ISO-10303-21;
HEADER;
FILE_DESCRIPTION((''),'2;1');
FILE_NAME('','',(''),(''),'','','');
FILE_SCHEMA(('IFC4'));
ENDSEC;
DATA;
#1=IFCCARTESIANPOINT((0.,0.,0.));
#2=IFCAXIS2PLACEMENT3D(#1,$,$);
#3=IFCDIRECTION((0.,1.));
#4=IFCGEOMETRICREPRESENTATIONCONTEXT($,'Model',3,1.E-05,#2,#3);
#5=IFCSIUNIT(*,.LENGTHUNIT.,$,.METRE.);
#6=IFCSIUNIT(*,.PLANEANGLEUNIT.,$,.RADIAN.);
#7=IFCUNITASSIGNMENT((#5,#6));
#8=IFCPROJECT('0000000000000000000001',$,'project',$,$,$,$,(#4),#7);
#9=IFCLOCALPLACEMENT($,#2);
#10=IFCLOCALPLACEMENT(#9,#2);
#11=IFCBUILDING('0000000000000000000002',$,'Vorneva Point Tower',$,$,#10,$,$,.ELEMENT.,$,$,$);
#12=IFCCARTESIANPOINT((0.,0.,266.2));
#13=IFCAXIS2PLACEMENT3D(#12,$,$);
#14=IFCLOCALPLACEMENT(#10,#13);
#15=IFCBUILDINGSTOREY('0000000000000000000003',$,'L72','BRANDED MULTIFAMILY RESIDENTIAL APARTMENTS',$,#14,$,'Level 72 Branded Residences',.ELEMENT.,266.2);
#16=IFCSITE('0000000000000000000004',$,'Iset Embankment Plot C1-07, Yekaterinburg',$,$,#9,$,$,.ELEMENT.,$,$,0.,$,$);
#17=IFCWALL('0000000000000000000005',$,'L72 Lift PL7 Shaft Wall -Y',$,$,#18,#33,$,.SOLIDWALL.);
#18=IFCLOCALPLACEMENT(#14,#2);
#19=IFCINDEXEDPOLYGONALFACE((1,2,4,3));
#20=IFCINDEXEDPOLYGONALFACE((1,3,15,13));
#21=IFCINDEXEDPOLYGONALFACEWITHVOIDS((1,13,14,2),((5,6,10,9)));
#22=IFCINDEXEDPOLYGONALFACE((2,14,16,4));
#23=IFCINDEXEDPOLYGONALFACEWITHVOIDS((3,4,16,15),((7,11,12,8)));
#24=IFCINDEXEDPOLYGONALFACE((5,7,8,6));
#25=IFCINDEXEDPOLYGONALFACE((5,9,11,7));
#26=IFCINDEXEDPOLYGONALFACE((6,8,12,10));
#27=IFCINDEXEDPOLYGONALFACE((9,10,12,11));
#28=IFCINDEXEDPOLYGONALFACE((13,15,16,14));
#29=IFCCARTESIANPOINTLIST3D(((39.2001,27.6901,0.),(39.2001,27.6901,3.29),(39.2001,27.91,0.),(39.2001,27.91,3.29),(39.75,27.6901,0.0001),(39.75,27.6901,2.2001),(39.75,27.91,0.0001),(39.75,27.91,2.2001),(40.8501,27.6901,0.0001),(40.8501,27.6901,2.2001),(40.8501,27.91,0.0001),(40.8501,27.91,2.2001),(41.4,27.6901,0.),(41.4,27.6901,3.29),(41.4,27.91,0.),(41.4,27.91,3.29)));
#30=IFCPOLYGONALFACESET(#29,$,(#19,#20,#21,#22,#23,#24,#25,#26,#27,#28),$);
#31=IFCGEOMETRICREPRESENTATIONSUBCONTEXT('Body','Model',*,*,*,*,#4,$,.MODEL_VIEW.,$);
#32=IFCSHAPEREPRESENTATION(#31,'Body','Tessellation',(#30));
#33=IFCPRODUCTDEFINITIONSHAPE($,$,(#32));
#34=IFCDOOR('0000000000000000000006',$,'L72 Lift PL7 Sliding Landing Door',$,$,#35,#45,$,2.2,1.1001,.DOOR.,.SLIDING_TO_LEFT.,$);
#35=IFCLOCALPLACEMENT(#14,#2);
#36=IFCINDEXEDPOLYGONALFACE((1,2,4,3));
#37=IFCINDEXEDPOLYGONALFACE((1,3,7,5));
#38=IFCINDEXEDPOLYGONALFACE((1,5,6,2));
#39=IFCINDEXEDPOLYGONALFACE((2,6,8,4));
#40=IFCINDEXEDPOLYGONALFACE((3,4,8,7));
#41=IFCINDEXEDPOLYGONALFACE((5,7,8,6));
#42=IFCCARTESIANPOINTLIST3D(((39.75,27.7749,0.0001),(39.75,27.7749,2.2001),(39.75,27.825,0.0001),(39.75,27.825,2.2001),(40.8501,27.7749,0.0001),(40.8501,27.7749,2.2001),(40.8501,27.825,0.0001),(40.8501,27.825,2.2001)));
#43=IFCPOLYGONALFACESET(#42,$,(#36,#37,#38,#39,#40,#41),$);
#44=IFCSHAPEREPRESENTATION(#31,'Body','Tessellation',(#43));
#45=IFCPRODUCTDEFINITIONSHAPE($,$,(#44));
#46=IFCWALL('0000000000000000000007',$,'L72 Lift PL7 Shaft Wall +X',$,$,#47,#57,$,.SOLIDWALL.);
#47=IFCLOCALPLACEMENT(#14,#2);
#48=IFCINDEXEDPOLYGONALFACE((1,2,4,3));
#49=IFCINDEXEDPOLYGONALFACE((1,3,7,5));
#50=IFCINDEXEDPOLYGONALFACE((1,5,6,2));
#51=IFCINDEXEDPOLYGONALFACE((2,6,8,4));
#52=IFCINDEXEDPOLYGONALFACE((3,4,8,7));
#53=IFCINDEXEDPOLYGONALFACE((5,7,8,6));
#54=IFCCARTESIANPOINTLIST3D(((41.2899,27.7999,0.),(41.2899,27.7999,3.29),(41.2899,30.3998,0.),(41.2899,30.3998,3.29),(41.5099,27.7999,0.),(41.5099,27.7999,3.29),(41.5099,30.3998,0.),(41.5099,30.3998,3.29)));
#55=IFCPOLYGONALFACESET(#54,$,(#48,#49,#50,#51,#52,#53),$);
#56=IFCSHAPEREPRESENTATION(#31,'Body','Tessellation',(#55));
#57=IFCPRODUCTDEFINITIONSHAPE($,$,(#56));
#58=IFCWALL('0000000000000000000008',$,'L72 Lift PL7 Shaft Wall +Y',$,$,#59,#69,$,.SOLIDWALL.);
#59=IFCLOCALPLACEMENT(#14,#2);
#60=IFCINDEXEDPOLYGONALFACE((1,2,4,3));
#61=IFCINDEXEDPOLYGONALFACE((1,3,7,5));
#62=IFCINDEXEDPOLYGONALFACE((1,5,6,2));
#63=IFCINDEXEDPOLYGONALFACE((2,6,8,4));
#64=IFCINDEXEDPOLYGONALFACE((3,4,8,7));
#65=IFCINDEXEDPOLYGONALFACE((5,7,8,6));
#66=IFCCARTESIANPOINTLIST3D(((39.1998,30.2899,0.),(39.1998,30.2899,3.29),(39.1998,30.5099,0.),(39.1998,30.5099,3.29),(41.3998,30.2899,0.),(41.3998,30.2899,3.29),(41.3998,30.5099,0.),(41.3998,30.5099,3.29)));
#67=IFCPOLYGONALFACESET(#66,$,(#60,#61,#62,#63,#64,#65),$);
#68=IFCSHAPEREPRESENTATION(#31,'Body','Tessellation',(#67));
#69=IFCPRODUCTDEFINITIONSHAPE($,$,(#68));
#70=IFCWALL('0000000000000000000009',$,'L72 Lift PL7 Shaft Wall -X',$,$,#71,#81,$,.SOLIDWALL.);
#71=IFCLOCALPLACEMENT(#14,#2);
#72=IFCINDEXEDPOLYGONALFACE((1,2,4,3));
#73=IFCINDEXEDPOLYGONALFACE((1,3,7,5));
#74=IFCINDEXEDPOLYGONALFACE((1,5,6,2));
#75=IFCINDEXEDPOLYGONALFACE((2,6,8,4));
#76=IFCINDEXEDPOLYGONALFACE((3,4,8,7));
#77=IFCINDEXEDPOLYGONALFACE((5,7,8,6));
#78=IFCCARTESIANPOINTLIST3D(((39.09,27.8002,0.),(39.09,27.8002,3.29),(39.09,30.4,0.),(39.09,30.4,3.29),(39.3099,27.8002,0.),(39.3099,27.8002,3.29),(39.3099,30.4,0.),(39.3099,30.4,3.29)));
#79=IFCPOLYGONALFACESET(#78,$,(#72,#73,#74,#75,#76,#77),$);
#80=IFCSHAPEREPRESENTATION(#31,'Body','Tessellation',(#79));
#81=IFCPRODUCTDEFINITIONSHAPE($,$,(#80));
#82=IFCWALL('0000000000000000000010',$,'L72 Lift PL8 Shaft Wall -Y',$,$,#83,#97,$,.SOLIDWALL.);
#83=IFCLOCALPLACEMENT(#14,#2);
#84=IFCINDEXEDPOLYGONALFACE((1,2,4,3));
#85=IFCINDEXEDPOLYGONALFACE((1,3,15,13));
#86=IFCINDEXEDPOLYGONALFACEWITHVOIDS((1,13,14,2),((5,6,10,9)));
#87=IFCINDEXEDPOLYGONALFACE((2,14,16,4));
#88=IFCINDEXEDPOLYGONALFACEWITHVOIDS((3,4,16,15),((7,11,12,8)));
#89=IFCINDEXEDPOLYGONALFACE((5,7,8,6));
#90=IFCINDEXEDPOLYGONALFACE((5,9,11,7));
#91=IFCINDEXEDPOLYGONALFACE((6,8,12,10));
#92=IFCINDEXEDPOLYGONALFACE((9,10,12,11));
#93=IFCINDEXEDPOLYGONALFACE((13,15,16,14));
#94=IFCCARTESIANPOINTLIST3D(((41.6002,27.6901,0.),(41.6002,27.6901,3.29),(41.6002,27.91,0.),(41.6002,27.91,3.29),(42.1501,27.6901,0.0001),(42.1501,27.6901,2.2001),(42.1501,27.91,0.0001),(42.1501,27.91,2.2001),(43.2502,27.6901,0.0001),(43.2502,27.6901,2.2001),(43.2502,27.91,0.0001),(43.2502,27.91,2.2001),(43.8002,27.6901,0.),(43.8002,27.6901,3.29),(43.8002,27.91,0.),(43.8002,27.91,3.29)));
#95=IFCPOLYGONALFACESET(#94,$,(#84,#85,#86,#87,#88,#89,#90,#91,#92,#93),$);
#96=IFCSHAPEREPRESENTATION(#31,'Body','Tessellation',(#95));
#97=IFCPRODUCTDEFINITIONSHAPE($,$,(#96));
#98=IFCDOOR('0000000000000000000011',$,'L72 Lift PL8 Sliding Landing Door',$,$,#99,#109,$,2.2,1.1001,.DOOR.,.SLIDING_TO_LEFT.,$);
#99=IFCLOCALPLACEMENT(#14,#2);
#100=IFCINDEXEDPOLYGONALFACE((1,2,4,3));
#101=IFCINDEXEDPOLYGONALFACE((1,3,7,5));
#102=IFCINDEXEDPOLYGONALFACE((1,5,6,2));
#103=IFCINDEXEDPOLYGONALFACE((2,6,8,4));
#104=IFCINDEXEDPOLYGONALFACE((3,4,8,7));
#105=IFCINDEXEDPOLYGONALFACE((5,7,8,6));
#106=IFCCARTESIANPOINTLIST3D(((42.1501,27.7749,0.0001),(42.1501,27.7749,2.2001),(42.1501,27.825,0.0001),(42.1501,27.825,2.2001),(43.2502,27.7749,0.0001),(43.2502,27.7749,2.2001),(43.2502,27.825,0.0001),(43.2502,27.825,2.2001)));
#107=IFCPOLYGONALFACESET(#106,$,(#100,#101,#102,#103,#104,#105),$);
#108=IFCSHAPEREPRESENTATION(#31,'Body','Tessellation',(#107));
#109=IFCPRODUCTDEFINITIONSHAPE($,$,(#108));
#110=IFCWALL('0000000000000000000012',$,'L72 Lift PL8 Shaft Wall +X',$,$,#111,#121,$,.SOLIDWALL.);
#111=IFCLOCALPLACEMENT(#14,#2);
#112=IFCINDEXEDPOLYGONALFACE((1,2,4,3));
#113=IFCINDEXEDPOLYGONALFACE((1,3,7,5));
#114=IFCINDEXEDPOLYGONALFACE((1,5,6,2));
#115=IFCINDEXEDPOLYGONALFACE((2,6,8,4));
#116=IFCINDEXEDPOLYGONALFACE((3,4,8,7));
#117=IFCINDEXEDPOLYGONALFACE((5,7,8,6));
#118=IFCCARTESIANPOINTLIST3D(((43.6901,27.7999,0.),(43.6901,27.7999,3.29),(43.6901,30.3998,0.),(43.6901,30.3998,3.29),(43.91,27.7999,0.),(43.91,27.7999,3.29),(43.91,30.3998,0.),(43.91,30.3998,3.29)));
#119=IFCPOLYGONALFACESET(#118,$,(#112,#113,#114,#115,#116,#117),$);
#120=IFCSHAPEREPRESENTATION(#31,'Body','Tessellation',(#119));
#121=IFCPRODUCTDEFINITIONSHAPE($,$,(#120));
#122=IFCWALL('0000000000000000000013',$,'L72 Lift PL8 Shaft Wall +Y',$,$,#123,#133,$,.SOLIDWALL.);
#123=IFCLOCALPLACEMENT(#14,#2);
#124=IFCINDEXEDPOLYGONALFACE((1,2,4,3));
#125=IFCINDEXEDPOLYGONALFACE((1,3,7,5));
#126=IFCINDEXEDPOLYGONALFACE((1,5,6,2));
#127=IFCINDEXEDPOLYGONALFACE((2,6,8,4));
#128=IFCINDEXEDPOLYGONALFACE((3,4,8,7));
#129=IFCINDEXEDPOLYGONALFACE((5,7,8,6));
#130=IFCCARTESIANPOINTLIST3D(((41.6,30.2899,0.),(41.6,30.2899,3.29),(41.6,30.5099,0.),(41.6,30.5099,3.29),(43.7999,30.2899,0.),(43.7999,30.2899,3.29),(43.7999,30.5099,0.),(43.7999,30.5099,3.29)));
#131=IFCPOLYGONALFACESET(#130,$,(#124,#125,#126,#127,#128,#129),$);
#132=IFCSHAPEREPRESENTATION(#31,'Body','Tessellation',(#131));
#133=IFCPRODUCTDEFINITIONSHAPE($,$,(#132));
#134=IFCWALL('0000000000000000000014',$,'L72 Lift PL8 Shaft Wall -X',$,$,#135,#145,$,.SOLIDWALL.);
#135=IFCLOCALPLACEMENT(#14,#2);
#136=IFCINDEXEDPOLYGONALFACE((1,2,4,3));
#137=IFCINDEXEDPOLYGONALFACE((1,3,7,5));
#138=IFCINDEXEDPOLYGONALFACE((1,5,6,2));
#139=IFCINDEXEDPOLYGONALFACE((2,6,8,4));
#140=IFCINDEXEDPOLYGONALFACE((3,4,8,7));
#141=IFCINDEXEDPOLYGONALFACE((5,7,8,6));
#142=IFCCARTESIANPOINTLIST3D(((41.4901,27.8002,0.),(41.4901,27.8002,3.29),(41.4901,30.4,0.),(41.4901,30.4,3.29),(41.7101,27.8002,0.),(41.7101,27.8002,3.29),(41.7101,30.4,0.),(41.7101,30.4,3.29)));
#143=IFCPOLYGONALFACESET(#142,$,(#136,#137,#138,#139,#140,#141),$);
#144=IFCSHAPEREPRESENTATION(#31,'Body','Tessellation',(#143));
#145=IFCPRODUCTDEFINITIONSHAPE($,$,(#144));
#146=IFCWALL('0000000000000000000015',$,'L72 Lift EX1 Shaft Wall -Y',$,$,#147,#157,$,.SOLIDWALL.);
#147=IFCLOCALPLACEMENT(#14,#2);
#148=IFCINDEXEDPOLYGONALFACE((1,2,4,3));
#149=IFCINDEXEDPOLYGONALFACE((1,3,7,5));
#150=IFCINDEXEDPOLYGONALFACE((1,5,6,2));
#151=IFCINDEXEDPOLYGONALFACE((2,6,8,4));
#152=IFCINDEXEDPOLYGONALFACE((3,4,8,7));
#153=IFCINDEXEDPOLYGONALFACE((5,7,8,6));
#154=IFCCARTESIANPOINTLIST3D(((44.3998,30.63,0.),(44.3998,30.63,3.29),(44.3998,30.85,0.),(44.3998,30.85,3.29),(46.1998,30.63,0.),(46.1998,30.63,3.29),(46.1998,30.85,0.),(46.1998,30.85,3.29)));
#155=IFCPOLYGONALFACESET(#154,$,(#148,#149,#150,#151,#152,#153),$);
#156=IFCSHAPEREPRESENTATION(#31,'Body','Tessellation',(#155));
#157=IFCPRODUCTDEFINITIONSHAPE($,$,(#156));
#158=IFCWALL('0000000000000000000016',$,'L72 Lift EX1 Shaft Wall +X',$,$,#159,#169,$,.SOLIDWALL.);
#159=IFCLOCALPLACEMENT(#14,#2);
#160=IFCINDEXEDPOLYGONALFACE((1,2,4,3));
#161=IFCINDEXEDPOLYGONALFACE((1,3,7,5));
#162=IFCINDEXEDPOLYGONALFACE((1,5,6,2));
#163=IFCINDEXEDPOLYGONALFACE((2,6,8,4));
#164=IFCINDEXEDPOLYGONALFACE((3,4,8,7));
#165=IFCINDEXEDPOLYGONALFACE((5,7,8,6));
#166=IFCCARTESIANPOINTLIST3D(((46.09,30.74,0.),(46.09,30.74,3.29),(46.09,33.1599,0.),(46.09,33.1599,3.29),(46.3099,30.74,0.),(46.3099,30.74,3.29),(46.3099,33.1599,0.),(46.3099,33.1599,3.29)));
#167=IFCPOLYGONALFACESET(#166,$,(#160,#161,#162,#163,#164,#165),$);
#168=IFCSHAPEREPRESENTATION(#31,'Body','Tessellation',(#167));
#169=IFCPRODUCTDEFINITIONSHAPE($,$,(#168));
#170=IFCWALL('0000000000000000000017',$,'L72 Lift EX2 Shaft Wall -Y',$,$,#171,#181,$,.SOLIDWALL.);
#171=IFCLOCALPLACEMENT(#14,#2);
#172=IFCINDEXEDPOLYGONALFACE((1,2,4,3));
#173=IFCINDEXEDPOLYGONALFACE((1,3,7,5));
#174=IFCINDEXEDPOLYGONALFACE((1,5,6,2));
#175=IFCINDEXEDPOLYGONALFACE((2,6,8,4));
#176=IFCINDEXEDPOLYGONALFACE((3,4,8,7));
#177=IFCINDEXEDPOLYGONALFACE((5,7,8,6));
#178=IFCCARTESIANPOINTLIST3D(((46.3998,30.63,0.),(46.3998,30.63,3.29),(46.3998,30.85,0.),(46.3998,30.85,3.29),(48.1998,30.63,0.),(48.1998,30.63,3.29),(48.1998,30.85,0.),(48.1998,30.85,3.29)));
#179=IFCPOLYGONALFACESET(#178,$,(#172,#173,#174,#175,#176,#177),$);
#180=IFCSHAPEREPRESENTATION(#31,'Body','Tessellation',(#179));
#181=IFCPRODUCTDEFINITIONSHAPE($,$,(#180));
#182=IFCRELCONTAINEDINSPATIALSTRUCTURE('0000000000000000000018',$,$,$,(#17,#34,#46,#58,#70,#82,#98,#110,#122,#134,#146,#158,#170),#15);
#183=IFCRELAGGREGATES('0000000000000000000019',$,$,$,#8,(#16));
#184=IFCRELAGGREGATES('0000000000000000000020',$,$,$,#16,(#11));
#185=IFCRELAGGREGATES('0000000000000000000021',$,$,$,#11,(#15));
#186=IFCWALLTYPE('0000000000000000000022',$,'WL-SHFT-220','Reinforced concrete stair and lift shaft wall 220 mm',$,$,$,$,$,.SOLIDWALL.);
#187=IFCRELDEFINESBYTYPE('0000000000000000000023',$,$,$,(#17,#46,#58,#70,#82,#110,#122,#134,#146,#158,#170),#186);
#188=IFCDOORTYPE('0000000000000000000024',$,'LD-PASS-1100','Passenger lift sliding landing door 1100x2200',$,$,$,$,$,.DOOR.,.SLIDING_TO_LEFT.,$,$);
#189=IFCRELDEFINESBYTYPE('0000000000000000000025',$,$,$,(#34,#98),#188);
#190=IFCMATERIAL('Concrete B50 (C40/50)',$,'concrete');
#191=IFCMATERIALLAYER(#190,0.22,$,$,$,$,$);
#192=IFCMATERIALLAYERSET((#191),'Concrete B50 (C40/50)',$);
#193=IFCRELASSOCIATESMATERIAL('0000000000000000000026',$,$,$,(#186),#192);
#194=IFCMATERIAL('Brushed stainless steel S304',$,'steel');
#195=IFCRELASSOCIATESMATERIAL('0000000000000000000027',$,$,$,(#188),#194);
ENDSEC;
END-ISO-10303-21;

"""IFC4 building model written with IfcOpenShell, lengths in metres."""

from ifc_helpers import new_model, si_unit, direction, frame, frame_2d, origin, place, context, subcontext, project, spatial, rectangle, extrude, material, layer, layer_set, type_object, element, fill, save


model = new_model("IFC4")

# Units and contexts
model_context = context("Model", 3, precision=1e-05, world=origin(), true_north=direction((0.0, 1.0)))
body_context = subcontext(model_context, "Body", "Model", "MODEL_VIEW")
ifc_project = project(units=[si_unit("LENGTHUNIT", "METRE"), si_unit("PLANEANGLEUNIT", "RADIAN")], contexts=[model_context])

# Site, building, storey
site_placement = place(None, origin())
site = spatial("IfcSite", under=ifc_project, at=site_placement, Name="Iset Embankment Plot C1-07, Yekaterinburg", CompositionType="ELEMENT", RefElevation=0.0)
building_placement = place(site_placement, origin())
building = spatial("IfcBuilding", under=site, at=building_placement, Name="Vorneva Point Tower", CompositionType="ELEMENT")
storey_placement = place(building_placement, frame((0.0, 0.0, 266.2)))
storey = spatial("IfcBuildingStorey", under=building, at=storey_placement, Name="L72", Description="BRANDED MULTIFAMILY RESIDENTIAL APARTMENTS", LongName="Level 72 Branded Residences", CompositionType="ELEMENT", Elevation=266.2)

# Shared definitions
ifc_material_1 = material(Name="Concrete B50 (C40/50)", Category="concrete")

# Shared definitions
ifc_material_2 = material(Name="Brushed stainless steel S304", Category="steel")

# Wall, opening, door
ifc_layer_1 = layer(ifc_material_1, 0.22)
ifc_layer_set_1 = layer_set([ifc_layer_1], Name="Concrete B50 (C40/50)")
wall_type_1 = type_object("IfcWallType", Name="WL-SHFT-220", Description="Reinforced concrete stair and lift shaft wall 220 mm", PredefinedType="SOLIDWALL", material=ifc_layer_set_1)
wall_1_placement = place(storey_placement, frame((39.2, 27.8, 0.0), z_axis=(0.0, 0.0, 1.0), x_axis=(1.0, 0.0, 0.0)))
wall_1 = element("IfcWall", 1, at=wall_1_placement, inside=storey, type_object=wall_type_1, Name="L72 Lift PL7 Shaft Wall -Y", PredefinedType="SOLIDWALL", context=body_context, shape_type="SweptSolid", body=[
    extrude(rectangle(XDim=2.2, YDim=0.22, at=frame_2d((1.1001, 0.0))), origin(), (0.0, 0.0, 1.0), 3.29),
])
opening_1_placement = place(wall_1_placement, frame((0.55, 0.0, 0.0)))
opening_1 = element("IfcOpeningElement", 2, at=opening_1_placement, cuts=wall_1, PredefinedType="OPENING", context=body_context, shape_type="SweptSolid", body=[
    extrude(rectangle(XDim=1.1001, YDim=2.2, at=frame_2d((0.55, 1.1001))), frame((0.0, 0.125, 0.0), z_axis=(0.0, -1.0, 0.0), x_axis=(1.0, 0.0, 0.0)), (0.0, 0.0, 1.0), 0.2498),
])
door_type_1 = type_object("IfcDoorType", Name="LD-PASS-1100", Description="Passenger lift sliding landing door 1100x2200", OperationType="SLIDING_TO_LEFT", PredefinedType="DOOR", material=ifc_material_2)
door_1_placement = place(opening_1_placement, origin())
door_1 = element("IfcDoor", 3, at=door_1_placement, inside=storey, type_object=door_type_1, Name="L72 Lift PL7 Sliding Landing Door", OperationType="SLIDING_TO_LEFT", OverallHeight=2.2, OverallWidth=1.1001, PredefinedType="DOOR", context=body_context, shape_type="SweptSolid", body=[
    extrude(rectangle(XDim=1.1001, YDim=2.2, at=frame_2d((0.55, 1.1001))), frame((0.0, 0.0249, 0.0), z_axis=(0.0, -1.0, 0.0), x_axis=(1.0, 0.0, 0.0)), (0.0, 0.0, 1.0), 0.05),
])
fill(opening_1, door_1)

# Walls
wall_2_placement = place(storey_placement, frame((41.3999, 27.8, 0.0), z_axis=(0.0, 0.0, 1.0), x_axis=(0.0, 1.0, 0.0)))
element("IfcWall", 4, at=wall_2_placement, inside=storey, type_object=wall_type_1, Name="L72 Lift PL7 Shaft Wall +X", PredefinedType="SOLIDWALL", context=body_context, shape_type="SweptSolid", body=[
    extrude(rectangle(XDim=2.5999, YDim=0.22, at=frame_2d((1.2998, 0.0))), origin(), (0.0, 0.0, 1.0), 3.29),
])
wall_3_placement = place(storey_placement, frame((41.3999, 30.3999, 0.0), z_axis=(0.0, 0.0, 1.0), x_axis=(-1.0, 0.0, 0.0)))
element("IfcWall", 5, at=wall_3_placement, inside=storey, type_object=wall_type_1, Name="L72 Lift PL7 Shaft Wall +Y", PredefinedType="SOLIDWALL", context=body_context, shape_type="SweptSolid", body=[
    extrude(rectangle(XDim=2.2, YDim=0.22, at=frame_2d((1.1001, 0.0))), origin(), (0.0, 0.0, 1.0), 3.29),
])
wall_4_placement = place(storey_placement, frame((39.2, 30.3999, 0.0), z_axis=(0.0, 0.0, 1.0), x_axis=(0.0, -1.0, 0.0)))
element("IfcWall", 6, at=wall_4_placement, inside=storey, type_object=wall_type_1, Name="L72 Lift PL7 Shaft Wall -X", PredefinedType="SOLIDWALL", context=body_context, shape_type="SweptSolid", body=[
    extrude(rectangle(XDim=2.5999, YDim=0.22, at=frame_2d((1.2998, 0.0))), origin(), (0.0, 0.0, 1.0), 3.29),
])

# Wall, opening, door
wall_5_placement = place(storey_placement, frame((41.6001, 27.8, 0.0), z_axis=(0.0, 0.0, 1.0), x_axis=(1.0, 0.0, 0.0)))
wall_5 = element("IfcWall", 7, at=wall_5_placement, inside=storey, type_object=wall_type_1, Name="L72 Lift PL8 Shaft Wall -Y", PredefinedType="SOLIDWALL", context=body_context, shape_type="SweptSolid", body=[
    extrude(rectangle(XDim=2.2, YDim=0.22, at=frame_2d((1.1001, 0.0))), origin(), (0.0, 0.0, 1.0), 3.29),
])
opening_2_placement = place(wall_5_placement, frame((0.55, 0.0, 0.0)))
opening_2 = element("IfcOpeningElement", 8, at=opening_2_placement, cuts=wall_5, PredefinedType="OPENING", context=body_context, shape_type="SweptSolid", body=[
    extrude(rectangle(XDim=1.1001, YDim=2.2, at=frame_2d((0.55, 1.1001))), frame((0.0, 0.125, 0.0), z_axis=(0.0, -1.0, 0.0), x_axis=(1.0, 0.0, 0.0)), (0.0, 0.0, 1.0), 0.2498),
])
door_2_placement = place(opening_2_placement, origin())
door_2 = element("IfcDoor", 9, at=door_2_placement, inside=storey, type_object=door_type_1, Name="L72 Lift PL8 Sliding Landing Door", OperationType="SLIDING_TO_LEFT", OverallHeight=2.2, OverallWidth=1.1001, PredefinedType="DOOR", context=body_context, shape_type="SweptSolid", body=[
    extrude(rectangle(XDim=1.1001, YDim=2.2, at=frame_2d((0.55, 1.1001))), frame((0.0, 0.0249, 0.0), z_axis=(0.0, -1.0, 0.0), x_axis=(1.0, 0.0, 0.0)), (0.0, 0.0, 1.0), 0.05),
])
fill(opening_2, door_2)

# Walls
wall_6_placement = place(storey_placement, frame((43.8, 27.8, 0.0), z_axis=(0.0, 0.0, 1.0), x_axis=(0.0, 1.0, 0.0)))
element("IfcWall", 10, at=wall_6_placement, inside=storey, type_object=wall_type_1, Name="L72 Lift PL8 Shaft Wall +X", PredefinedType="SOLIDWALL", context=body_context, shape_type="SweptSolid", body=[
    extrude(rectangle(XDim=2.5999, YDim=0.22, at=frame_2d((1.2998, 0.0))), origin(), (0.0, 0.0, 1.0), 3.29),
])
wall_7_placement = place(storey_placement, frame((43.8, 30.3999, 0.0), z_axis=(0.0, 0.0, 1.0), x_axis=(-1.0, 0.0, 0.0)))
element("IfcWall", 11, at=wall_7_placement, inside=storey, type_object=wall_type_1, Name="L72 Lift PL8 Shaft Wall +Y", PredefinedType="SOLIDWALL", context=body_context, shape_type="SweptSolid", body=[
    extrude(rectangle(XDim=2.2, YDim=0.22, at=frame_2d((1.1001, 0.0))), origin(), (0.0, 0.0, 1.0), 3.29),
])
wall_8_placement = place(storey_placement, frame((41.6001, 30.3999, 0.0), z_axis=(0.0, 0.0, 1.0), x_axis=(0.0, -1.0, 0.0)))
element("IfcWall", 12, at=wall_8_placement, inside=storey, type_object=wall_type_1, Name="L72 Lift PL8 Shaft Wall -X", PredefinedType="SOLIDWALL", context=body_context, shape_type="SweptSolid", body=[
    extrude(rectangle(XDim=2.5999, YDim=0.22, at=frame_2d((1.2998, 0.0))), origin(), (0.0, 0.0, 1.0), 3.29),
])
wall_9_placement = place(storey_placement, frame((44.3999, 30.74, 0.0), z_axis=(0.0, 0.0, 1.0), x_axis=(1.0, 0.0, 0.0)))
element("IfcWall", 13, at=wall_9_placement, inside=storey, type_object=wall_type_1, Name="L72 Lift EX1 Shaft Wall -Y", PredefinedType="SOLIDWALL", context=body_context, shape_type="SweptSolid", body=[
    extrude(rectangle(XDim=1.8, YDim=0.22, at=frame_2d((0.8999, 0.0))), origin(), (0.0, 0.0, 1.0), 3.29),
])
wall_10_placement = place(storey_placement, frame((46.2, 30.74, 0.0), z_axis=(0.0, 0.0, 1.0), x_axis=(0.0, 1.0, 0.0)))
element("IfcWall", 14, at=wall_10_placement, inside=storey, type_object=wall_type_1, Name="L72 Lift EX1 Shaft Wall +X", PredefinedType="SOLIDWALL", context=body_context, shape_type="SweptSolid", body=[
    extrude(rectangle(XDim=2.4199, YDim=0.22, at=frame_2d((1.21, 0.0))), origin(), (0.0, 0.0, 1.0), 3.29),
])
wall_11_placement = place(storey_placement, frame((46.3999, 30.74, 0.0), z_axis=(0.0, 0.0, 1.0), x_axis=(1.0, 0.0, 0.0)))
element("IfcWall", 15, at=wall_11_placement, inside=storey, type_object=wall_type_1, Name="L72 Lift EX2 Shaft Wall -Y", PredefinedType="SOLIDWALL", context=body_context, shape_type="SweptSolid", body=[
    extrude(rectangle(XDim=1.8, YDim=0.22, at=frame_2d((0.8999, 0.0))), origin(), (0.0, 0.0, 1.0), 3.29),
])

save(model, "model.ifc")
